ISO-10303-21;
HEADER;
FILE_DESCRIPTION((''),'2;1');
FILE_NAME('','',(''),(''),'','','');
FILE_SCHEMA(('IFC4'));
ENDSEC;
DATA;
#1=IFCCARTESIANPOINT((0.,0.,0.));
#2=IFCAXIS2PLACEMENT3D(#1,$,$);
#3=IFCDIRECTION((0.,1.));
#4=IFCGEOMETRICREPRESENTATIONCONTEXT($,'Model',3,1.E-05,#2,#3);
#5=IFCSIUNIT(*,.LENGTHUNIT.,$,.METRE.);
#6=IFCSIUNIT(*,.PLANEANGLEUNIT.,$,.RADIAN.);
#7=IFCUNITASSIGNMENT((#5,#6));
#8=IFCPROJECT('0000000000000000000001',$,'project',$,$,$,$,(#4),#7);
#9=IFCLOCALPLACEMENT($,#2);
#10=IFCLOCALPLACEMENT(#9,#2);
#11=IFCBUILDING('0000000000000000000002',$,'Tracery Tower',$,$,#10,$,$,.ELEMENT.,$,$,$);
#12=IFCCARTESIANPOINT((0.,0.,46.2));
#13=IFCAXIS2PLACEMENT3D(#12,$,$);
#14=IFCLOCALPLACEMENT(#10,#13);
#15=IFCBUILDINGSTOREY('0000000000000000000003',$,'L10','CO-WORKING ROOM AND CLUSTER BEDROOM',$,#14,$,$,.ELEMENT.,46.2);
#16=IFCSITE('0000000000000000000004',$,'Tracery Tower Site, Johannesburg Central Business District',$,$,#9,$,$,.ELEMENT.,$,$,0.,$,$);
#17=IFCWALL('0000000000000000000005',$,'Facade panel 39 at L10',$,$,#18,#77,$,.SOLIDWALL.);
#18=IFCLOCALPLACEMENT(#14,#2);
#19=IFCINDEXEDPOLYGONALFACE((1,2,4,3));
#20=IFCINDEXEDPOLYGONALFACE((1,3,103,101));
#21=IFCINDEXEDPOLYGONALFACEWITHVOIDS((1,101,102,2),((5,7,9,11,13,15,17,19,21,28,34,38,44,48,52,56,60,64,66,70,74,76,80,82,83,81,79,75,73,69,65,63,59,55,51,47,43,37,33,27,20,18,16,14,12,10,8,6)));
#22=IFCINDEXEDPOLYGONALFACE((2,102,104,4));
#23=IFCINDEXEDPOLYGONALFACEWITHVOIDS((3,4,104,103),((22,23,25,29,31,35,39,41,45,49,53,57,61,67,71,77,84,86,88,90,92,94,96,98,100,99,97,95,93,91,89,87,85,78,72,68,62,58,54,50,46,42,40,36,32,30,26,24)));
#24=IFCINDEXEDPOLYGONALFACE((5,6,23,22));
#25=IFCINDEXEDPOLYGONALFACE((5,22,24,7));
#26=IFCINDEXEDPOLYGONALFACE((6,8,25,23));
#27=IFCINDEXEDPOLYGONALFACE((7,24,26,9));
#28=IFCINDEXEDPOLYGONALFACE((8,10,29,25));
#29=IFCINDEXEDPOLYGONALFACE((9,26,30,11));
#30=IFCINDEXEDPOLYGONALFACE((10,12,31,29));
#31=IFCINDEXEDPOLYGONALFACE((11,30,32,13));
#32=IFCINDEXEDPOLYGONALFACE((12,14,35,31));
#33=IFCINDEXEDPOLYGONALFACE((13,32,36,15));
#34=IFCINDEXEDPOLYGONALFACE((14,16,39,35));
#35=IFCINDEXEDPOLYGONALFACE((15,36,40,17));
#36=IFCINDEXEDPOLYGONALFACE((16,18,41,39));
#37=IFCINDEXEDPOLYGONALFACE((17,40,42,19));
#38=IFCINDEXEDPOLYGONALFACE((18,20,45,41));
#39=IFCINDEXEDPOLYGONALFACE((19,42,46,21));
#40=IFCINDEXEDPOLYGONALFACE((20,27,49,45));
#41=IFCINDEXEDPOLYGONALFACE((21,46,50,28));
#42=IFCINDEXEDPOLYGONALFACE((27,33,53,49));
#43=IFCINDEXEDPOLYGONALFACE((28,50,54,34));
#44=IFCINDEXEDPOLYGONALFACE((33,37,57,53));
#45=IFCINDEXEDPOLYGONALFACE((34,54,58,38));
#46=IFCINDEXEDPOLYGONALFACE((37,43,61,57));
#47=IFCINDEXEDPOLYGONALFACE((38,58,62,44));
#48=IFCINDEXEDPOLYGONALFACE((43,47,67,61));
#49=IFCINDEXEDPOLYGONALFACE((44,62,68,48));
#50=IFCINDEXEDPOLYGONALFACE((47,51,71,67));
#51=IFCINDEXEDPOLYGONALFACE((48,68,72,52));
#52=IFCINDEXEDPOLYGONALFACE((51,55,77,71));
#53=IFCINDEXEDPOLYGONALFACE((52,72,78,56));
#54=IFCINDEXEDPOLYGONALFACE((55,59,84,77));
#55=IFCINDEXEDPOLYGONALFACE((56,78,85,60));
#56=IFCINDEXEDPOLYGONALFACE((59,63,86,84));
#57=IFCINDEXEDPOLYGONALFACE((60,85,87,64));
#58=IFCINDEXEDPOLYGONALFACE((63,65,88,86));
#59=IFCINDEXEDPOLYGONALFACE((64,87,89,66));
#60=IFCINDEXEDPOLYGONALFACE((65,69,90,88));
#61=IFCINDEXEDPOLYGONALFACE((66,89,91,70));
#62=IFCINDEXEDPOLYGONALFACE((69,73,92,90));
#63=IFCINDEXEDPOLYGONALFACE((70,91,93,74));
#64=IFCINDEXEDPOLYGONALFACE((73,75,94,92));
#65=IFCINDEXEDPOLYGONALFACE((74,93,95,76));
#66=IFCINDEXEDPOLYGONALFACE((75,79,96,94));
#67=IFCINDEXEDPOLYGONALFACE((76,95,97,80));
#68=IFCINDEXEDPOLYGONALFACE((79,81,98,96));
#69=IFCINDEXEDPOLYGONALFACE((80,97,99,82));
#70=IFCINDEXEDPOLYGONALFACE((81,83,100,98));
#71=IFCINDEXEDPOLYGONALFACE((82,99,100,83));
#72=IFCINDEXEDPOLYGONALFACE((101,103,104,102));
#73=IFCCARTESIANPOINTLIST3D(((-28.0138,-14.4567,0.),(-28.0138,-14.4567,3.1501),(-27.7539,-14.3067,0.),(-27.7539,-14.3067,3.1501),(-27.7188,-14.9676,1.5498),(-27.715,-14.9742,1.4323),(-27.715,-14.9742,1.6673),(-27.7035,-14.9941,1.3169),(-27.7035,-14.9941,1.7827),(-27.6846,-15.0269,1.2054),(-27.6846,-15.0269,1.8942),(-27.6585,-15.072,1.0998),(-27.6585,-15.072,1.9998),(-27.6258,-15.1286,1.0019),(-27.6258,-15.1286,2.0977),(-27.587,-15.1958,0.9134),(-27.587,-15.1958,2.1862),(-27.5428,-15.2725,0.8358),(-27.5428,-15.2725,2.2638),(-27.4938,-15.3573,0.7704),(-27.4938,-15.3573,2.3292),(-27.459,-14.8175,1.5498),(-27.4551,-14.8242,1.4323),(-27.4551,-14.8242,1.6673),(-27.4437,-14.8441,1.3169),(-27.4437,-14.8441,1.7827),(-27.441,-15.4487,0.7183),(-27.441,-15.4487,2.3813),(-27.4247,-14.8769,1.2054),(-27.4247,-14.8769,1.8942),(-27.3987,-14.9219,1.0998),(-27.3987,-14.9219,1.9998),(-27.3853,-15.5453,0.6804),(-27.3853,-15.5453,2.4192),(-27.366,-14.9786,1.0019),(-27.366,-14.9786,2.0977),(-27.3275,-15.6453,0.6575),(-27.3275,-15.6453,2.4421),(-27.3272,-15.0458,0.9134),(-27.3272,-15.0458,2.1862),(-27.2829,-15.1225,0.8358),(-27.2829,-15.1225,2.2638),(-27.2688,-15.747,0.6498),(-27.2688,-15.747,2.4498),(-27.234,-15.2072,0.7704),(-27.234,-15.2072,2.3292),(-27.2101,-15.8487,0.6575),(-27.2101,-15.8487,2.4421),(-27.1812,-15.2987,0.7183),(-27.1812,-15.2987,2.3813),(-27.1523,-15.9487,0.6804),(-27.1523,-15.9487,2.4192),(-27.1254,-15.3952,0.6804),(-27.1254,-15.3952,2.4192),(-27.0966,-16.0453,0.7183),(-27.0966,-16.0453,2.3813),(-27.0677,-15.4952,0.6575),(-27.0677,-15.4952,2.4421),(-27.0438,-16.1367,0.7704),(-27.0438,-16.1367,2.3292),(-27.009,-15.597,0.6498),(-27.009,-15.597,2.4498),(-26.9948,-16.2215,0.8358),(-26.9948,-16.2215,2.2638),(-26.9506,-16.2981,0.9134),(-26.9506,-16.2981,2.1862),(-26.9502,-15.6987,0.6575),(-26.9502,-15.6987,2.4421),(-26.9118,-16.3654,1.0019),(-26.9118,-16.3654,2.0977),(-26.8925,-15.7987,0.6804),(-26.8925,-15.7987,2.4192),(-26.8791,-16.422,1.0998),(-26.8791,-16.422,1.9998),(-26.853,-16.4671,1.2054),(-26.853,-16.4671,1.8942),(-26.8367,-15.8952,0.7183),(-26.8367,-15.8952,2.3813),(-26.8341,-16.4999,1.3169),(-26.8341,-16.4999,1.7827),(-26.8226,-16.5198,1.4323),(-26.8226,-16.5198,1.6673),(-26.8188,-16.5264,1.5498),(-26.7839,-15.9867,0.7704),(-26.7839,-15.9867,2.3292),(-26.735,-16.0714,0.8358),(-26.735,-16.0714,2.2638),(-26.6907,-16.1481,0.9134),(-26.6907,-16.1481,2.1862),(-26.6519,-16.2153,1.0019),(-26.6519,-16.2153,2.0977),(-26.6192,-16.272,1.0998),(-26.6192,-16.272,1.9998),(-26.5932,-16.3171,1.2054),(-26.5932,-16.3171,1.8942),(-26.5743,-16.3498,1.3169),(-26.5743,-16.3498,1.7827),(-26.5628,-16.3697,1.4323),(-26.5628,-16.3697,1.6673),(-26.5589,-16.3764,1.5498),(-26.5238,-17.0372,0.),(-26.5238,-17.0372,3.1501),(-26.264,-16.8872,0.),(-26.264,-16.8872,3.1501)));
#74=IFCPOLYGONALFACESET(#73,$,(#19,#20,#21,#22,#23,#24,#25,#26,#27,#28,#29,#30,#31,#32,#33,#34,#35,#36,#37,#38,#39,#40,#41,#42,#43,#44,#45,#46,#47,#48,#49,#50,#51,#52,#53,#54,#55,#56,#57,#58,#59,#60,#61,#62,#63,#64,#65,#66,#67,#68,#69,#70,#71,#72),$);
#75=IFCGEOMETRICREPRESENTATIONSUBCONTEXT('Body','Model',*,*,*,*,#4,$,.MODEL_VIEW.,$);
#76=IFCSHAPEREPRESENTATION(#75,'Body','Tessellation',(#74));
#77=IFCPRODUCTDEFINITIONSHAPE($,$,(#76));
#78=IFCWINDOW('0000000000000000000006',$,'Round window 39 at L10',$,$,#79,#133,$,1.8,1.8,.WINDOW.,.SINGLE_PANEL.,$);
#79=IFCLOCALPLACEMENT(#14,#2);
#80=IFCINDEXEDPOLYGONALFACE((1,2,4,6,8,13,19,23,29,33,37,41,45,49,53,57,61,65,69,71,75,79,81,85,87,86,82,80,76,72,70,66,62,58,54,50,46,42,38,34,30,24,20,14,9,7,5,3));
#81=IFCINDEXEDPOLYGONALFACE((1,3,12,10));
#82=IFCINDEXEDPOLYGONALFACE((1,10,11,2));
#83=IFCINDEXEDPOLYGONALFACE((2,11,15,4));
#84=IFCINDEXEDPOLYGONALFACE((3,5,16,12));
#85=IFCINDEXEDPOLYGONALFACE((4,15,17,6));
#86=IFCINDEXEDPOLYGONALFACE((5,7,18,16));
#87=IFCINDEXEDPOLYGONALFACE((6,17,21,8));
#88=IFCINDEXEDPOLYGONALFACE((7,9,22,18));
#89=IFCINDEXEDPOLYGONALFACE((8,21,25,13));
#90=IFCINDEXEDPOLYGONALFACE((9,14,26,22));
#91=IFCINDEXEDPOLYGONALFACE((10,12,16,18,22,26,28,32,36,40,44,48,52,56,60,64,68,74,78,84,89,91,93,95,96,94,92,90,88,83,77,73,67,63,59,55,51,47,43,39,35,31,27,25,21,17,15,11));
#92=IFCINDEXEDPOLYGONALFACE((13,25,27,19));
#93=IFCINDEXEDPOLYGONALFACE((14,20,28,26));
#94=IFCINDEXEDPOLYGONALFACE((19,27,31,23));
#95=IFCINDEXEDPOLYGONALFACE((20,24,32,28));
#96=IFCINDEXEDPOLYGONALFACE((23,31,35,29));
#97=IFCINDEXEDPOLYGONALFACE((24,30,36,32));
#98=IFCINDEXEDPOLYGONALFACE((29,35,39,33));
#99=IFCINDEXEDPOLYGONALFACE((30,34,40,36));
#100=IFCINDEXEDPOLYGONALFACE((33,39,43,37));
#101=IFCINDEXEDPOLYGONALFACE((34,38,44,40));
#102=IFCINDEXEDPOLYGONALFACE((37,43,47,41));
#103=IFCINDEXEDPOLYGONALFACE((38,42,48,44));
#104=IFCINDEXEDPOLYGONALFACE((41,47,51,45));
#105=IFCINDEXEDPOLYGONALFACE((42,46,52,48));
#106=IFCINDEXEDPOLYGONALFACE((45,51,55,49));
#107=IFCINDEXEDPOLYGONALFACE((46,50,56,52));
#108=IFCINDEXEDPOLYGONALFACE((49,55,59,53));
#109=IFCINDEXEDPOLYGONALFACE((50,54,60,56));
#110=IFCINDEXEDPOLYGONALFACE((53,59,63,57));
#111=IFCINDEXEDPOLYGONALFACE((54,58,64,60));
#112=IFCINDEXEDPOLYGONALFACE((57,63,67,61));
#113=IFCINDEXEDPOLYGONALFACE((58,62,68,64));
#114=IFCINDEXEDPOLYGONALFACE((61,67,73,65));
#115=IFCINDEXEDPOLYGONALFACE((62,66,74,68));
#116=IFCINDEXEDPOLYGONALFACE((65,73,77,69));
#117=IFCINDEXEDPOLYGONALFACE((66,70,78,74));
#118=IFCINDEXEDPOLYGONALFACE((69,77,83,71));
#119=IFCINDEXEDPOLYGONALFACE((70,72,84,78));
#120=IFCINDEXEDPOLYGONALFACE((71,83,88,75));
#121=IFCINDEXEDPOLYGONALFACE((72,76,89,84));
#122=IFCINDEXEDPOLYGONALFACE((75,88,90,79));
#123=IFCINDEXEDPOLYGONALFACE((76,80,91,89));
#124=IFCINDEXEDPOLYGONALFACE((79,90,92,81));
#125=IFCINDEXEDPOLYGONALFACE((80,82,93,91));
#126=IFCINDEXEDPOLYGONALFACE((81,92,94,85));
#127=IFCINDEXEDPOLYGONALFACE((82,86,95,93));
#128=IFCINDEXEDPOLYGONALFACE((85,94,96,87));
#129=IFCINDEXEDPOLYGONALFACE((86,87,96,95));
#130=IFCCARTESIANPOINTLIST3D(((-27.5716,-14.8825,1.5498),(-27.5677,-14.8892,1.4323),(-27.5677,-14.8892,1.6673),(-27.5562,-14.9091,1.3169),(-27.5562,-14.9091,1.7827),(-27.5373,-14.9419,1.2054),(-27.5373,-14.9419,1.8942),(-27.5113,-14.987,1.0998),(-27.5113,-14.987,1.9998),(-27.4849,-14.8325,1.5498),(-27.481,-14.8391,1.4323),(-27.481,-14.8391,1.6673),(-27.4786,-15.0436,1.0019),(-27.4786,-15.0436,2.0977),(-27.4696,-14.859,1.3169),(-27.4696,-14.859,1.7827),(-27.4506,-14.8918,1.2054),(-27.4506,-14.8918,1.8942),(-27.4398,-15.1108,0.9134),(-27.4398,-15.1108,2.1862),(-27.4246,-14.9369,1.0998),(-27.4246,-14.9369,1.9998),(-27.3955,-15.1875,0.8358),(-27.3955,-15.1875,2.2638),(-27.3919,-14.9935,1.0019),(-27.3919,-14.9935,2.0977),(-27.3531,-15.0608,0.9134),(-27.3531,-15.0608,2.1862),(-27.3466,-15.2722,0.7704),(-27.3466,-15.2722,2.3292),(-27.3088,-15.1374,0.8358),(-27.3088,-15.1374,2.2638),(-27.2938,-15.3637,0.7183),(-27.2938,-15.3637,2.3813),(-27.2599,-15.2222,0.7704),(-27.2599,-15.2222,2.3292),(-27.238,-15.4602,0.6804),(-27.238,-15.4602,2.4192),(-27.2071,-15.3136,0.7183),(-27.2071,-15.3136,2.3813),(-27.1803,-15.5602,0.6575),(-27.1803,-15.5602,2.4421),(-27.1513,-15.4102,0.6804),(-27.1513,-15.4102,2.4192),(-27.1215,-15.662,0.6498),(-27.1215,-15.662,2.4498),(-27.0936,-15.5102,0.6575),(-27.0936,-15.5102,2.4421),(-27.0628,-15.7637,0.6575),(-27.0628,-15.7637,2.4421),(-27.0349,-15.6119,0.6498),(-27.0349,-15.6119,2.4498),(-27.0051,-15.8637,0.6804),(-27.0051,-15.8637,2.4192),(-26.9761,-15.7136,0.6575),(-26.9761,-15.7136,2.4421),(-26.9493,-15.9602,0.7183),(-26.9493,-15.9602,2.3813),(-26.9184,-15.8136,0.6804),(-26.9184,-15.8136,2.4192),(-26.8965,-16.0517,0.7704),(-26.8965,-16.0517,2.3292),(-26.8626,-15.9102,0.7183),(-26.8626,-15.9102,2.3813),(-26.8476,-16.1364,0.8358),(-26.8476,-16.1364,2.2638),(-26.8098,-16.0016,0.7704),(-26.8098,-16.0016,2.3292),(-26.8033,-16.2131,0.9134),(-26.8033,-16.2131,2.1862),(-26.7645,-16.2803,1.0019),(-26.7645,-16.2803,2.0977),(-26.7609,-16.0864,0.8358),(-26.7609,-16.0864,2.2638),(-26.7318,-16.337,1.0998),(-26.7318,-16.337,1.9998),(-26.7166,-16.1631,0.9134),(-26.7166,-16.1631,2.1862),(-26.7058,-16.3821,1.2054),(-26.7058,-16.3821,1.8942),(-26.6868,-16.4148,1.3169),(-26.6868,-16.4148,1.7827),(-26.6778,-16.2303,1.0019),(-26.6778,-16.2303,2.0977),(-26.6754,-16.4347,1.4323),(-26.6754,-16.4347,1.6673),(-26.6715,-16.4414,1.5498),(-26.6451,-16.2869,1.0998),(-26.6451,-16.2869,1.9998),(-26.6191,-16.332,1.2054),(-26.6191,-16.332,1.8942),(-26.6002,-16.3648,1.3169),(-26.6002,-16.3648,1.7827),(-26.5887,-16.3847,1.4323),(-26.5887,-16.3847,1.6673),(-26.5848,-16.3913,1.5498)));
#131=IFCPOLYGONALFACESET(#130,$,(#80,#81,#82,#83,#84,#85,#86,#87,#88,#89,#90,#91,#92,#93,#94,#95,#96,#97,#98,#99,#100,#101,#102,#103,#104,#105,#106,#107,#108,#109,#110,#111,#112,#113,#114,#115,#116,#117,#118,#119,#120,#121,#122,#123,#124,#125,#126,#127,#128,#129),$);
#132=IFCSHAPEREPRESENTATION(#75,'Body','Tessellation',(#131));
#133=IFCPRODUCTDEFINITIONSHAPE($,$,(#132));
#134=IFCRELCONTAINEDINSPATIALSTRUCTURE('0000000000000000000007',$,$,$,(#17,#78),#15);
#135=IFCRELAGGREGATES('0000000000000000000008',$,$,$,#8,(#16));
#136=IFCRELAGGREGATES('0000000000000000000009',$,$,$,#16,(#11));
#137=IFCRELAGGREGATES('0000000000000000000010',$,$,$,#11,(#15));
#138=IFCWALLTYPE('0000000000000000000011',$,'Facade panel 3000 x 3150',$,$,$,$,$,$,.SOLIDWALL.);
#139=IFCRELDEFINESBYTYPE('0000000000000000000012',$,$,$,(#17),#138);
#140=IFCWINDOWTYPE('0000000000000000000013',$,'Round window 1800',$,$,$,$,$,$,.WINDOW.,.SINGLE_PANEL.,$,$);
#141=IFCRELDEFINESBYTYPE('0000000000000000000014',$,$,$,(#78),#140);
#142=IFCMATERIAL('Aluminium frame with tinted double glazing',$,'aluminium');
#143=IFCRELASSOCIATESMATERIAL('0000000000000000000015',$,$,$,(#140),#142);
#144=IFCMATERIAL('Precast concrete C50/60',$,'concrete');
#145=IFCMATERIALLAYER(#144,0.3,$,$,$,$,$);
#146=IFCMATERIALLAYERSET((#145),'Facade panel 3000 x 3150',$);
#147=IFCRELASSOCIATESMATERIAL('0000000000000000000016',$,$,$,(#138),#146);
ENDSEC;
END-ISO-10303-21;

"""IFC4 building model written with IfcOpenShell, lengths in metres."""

from ifc_helpers import new_model, si_unit, direction, frame, frame_2d, origin, origin_2d, place, context, subcontext, project, spatial, rectangle, circle, extrude, material, layer, layer_set, type_object, element, fill, save


model = new_model("IFC4")

# Units and contexts
model_context = context("Model", 3, precision=1e-05, world=origin(), true_north=direction((0.0, 1.0)))
body_context = subcontext(model_context, "Body", "Model", "MODEL_VIEW")
ifc_project = project(units=[si_unit("LENGTHUNIT", "METRE"), si_unit("PLANEANGLEUNIT", "RADIAN")], contexts=[model_context])

# Site, building, storey
site_placement = place(None, origin())
site = spatial("IfcSite", under=ifc_project, at=site_placement, Name="Tracery Tower Site, Johannesburg Central Business District", CompositionType="ELEMENT", RefElevation=0.0)
building_placement = place(site_placement, origin())
building = spatial("IfcBuilding", under=site, at=building_placement, Name="Tracery Tower", CompositionType="ELEMENT")
storey_placement = place(building_placement, frame((0.0, 0.0, 46.2)))
storey = spatial("IfcBuildingStorey", under=building, at=storey_placement, Name="L10", Description="CO-WORKING ROOM AND CLUSTER BEDROOM", CompositionType="ELEMENT", Elevation=46.2)

# Wall, opening, window
ifc_material_1 = material(Name="Aluminium frame with tinted double glazing", Category="aluminium")
window_type = type_object("IfcWindowType", Name="Round window 1800", PartitioningType="SINGLE_PANEL", PredefinedType="WINDOW", material=ifc_material_1)
ifc_material_2 = material(Name="Precast concrete C50/60", Category="concrete")
ifc_layer_1 = layer(ifc_material_2, 0.3)
ifc_layer_set_1 = layer_set([ifc_layer_1], Name="Facade panel 3000 x 3150")
wall_type_1 = type_object("IfcWallType", Name="Facade panel 3000 x 3150", PredefinedType="SOLIDWALL", material=ifc_layer_set_1)
wall_1_placement = place(storey_placement, frame((-27.8838, -14.3818, 0.0), z_axis=(0.0, 0.0, 1.0), x_axis=(0.500025, -0.866011, 0.0)))
wall_1 = element("IfcWall", 1, at=wall_1_placement, inside=storey, type_object=wall_type_1, Name="Facade panel 39 at L10", PredefinedType="SOLIDWALL", context=body_context, shape_type="SweptSolid", body=[
    extrude(rectangle(XDim=2.9797, YDim=0.3, at=frame_2d((1.4897, 0.0))), origin(), (0.0, 0.0, 1.0), 3.1501),
])
opening_1_placement = place(wall_1_placement, frame((1.4897, 0.0, 1.5498)))
opening_1 = element("IfcOpeningElement", 2, at=opening_1_placement, cuts=wall_1, PredefinedType="OPENING", context=body_context, shape_type="SweptSolid", body=[
    extrude(circle(Radius=0.9, at=origin_2d()), frame((0.0, 0.1599, 0.0), z_axis=(0.0, -1.0, 0.0), x_axis=(1.0, 0.0, 0.0)), (0.0, 0.0, 1.0), 0.3201),
])
window_1_placement = place(opening_1_placement, origin())
window_1 = element("IfcWindow", 3, at=window_1_placement, inside=storey, type_object=window_type, Name="Round window 39 at L10", OverallHeight=1.8, OverallWidth=1.8, PartitioningType="SINGLE_PANEL", PredefinedType="WINDOW", context=body_context, shape_type="SweptSolid", body=[
    extrude(circle(Radius=0.9, at=origin_2d()), frame((0.0, 0.1201, 0.0), z_axis=(0.0, -1.0, 0.0), x_axis=(1.0, 0.0, 0.0)), (0.0, 0.0, 1.0), 0.1001),
])
fill(opening_1, window_1)

save(model, "model.ifc")
